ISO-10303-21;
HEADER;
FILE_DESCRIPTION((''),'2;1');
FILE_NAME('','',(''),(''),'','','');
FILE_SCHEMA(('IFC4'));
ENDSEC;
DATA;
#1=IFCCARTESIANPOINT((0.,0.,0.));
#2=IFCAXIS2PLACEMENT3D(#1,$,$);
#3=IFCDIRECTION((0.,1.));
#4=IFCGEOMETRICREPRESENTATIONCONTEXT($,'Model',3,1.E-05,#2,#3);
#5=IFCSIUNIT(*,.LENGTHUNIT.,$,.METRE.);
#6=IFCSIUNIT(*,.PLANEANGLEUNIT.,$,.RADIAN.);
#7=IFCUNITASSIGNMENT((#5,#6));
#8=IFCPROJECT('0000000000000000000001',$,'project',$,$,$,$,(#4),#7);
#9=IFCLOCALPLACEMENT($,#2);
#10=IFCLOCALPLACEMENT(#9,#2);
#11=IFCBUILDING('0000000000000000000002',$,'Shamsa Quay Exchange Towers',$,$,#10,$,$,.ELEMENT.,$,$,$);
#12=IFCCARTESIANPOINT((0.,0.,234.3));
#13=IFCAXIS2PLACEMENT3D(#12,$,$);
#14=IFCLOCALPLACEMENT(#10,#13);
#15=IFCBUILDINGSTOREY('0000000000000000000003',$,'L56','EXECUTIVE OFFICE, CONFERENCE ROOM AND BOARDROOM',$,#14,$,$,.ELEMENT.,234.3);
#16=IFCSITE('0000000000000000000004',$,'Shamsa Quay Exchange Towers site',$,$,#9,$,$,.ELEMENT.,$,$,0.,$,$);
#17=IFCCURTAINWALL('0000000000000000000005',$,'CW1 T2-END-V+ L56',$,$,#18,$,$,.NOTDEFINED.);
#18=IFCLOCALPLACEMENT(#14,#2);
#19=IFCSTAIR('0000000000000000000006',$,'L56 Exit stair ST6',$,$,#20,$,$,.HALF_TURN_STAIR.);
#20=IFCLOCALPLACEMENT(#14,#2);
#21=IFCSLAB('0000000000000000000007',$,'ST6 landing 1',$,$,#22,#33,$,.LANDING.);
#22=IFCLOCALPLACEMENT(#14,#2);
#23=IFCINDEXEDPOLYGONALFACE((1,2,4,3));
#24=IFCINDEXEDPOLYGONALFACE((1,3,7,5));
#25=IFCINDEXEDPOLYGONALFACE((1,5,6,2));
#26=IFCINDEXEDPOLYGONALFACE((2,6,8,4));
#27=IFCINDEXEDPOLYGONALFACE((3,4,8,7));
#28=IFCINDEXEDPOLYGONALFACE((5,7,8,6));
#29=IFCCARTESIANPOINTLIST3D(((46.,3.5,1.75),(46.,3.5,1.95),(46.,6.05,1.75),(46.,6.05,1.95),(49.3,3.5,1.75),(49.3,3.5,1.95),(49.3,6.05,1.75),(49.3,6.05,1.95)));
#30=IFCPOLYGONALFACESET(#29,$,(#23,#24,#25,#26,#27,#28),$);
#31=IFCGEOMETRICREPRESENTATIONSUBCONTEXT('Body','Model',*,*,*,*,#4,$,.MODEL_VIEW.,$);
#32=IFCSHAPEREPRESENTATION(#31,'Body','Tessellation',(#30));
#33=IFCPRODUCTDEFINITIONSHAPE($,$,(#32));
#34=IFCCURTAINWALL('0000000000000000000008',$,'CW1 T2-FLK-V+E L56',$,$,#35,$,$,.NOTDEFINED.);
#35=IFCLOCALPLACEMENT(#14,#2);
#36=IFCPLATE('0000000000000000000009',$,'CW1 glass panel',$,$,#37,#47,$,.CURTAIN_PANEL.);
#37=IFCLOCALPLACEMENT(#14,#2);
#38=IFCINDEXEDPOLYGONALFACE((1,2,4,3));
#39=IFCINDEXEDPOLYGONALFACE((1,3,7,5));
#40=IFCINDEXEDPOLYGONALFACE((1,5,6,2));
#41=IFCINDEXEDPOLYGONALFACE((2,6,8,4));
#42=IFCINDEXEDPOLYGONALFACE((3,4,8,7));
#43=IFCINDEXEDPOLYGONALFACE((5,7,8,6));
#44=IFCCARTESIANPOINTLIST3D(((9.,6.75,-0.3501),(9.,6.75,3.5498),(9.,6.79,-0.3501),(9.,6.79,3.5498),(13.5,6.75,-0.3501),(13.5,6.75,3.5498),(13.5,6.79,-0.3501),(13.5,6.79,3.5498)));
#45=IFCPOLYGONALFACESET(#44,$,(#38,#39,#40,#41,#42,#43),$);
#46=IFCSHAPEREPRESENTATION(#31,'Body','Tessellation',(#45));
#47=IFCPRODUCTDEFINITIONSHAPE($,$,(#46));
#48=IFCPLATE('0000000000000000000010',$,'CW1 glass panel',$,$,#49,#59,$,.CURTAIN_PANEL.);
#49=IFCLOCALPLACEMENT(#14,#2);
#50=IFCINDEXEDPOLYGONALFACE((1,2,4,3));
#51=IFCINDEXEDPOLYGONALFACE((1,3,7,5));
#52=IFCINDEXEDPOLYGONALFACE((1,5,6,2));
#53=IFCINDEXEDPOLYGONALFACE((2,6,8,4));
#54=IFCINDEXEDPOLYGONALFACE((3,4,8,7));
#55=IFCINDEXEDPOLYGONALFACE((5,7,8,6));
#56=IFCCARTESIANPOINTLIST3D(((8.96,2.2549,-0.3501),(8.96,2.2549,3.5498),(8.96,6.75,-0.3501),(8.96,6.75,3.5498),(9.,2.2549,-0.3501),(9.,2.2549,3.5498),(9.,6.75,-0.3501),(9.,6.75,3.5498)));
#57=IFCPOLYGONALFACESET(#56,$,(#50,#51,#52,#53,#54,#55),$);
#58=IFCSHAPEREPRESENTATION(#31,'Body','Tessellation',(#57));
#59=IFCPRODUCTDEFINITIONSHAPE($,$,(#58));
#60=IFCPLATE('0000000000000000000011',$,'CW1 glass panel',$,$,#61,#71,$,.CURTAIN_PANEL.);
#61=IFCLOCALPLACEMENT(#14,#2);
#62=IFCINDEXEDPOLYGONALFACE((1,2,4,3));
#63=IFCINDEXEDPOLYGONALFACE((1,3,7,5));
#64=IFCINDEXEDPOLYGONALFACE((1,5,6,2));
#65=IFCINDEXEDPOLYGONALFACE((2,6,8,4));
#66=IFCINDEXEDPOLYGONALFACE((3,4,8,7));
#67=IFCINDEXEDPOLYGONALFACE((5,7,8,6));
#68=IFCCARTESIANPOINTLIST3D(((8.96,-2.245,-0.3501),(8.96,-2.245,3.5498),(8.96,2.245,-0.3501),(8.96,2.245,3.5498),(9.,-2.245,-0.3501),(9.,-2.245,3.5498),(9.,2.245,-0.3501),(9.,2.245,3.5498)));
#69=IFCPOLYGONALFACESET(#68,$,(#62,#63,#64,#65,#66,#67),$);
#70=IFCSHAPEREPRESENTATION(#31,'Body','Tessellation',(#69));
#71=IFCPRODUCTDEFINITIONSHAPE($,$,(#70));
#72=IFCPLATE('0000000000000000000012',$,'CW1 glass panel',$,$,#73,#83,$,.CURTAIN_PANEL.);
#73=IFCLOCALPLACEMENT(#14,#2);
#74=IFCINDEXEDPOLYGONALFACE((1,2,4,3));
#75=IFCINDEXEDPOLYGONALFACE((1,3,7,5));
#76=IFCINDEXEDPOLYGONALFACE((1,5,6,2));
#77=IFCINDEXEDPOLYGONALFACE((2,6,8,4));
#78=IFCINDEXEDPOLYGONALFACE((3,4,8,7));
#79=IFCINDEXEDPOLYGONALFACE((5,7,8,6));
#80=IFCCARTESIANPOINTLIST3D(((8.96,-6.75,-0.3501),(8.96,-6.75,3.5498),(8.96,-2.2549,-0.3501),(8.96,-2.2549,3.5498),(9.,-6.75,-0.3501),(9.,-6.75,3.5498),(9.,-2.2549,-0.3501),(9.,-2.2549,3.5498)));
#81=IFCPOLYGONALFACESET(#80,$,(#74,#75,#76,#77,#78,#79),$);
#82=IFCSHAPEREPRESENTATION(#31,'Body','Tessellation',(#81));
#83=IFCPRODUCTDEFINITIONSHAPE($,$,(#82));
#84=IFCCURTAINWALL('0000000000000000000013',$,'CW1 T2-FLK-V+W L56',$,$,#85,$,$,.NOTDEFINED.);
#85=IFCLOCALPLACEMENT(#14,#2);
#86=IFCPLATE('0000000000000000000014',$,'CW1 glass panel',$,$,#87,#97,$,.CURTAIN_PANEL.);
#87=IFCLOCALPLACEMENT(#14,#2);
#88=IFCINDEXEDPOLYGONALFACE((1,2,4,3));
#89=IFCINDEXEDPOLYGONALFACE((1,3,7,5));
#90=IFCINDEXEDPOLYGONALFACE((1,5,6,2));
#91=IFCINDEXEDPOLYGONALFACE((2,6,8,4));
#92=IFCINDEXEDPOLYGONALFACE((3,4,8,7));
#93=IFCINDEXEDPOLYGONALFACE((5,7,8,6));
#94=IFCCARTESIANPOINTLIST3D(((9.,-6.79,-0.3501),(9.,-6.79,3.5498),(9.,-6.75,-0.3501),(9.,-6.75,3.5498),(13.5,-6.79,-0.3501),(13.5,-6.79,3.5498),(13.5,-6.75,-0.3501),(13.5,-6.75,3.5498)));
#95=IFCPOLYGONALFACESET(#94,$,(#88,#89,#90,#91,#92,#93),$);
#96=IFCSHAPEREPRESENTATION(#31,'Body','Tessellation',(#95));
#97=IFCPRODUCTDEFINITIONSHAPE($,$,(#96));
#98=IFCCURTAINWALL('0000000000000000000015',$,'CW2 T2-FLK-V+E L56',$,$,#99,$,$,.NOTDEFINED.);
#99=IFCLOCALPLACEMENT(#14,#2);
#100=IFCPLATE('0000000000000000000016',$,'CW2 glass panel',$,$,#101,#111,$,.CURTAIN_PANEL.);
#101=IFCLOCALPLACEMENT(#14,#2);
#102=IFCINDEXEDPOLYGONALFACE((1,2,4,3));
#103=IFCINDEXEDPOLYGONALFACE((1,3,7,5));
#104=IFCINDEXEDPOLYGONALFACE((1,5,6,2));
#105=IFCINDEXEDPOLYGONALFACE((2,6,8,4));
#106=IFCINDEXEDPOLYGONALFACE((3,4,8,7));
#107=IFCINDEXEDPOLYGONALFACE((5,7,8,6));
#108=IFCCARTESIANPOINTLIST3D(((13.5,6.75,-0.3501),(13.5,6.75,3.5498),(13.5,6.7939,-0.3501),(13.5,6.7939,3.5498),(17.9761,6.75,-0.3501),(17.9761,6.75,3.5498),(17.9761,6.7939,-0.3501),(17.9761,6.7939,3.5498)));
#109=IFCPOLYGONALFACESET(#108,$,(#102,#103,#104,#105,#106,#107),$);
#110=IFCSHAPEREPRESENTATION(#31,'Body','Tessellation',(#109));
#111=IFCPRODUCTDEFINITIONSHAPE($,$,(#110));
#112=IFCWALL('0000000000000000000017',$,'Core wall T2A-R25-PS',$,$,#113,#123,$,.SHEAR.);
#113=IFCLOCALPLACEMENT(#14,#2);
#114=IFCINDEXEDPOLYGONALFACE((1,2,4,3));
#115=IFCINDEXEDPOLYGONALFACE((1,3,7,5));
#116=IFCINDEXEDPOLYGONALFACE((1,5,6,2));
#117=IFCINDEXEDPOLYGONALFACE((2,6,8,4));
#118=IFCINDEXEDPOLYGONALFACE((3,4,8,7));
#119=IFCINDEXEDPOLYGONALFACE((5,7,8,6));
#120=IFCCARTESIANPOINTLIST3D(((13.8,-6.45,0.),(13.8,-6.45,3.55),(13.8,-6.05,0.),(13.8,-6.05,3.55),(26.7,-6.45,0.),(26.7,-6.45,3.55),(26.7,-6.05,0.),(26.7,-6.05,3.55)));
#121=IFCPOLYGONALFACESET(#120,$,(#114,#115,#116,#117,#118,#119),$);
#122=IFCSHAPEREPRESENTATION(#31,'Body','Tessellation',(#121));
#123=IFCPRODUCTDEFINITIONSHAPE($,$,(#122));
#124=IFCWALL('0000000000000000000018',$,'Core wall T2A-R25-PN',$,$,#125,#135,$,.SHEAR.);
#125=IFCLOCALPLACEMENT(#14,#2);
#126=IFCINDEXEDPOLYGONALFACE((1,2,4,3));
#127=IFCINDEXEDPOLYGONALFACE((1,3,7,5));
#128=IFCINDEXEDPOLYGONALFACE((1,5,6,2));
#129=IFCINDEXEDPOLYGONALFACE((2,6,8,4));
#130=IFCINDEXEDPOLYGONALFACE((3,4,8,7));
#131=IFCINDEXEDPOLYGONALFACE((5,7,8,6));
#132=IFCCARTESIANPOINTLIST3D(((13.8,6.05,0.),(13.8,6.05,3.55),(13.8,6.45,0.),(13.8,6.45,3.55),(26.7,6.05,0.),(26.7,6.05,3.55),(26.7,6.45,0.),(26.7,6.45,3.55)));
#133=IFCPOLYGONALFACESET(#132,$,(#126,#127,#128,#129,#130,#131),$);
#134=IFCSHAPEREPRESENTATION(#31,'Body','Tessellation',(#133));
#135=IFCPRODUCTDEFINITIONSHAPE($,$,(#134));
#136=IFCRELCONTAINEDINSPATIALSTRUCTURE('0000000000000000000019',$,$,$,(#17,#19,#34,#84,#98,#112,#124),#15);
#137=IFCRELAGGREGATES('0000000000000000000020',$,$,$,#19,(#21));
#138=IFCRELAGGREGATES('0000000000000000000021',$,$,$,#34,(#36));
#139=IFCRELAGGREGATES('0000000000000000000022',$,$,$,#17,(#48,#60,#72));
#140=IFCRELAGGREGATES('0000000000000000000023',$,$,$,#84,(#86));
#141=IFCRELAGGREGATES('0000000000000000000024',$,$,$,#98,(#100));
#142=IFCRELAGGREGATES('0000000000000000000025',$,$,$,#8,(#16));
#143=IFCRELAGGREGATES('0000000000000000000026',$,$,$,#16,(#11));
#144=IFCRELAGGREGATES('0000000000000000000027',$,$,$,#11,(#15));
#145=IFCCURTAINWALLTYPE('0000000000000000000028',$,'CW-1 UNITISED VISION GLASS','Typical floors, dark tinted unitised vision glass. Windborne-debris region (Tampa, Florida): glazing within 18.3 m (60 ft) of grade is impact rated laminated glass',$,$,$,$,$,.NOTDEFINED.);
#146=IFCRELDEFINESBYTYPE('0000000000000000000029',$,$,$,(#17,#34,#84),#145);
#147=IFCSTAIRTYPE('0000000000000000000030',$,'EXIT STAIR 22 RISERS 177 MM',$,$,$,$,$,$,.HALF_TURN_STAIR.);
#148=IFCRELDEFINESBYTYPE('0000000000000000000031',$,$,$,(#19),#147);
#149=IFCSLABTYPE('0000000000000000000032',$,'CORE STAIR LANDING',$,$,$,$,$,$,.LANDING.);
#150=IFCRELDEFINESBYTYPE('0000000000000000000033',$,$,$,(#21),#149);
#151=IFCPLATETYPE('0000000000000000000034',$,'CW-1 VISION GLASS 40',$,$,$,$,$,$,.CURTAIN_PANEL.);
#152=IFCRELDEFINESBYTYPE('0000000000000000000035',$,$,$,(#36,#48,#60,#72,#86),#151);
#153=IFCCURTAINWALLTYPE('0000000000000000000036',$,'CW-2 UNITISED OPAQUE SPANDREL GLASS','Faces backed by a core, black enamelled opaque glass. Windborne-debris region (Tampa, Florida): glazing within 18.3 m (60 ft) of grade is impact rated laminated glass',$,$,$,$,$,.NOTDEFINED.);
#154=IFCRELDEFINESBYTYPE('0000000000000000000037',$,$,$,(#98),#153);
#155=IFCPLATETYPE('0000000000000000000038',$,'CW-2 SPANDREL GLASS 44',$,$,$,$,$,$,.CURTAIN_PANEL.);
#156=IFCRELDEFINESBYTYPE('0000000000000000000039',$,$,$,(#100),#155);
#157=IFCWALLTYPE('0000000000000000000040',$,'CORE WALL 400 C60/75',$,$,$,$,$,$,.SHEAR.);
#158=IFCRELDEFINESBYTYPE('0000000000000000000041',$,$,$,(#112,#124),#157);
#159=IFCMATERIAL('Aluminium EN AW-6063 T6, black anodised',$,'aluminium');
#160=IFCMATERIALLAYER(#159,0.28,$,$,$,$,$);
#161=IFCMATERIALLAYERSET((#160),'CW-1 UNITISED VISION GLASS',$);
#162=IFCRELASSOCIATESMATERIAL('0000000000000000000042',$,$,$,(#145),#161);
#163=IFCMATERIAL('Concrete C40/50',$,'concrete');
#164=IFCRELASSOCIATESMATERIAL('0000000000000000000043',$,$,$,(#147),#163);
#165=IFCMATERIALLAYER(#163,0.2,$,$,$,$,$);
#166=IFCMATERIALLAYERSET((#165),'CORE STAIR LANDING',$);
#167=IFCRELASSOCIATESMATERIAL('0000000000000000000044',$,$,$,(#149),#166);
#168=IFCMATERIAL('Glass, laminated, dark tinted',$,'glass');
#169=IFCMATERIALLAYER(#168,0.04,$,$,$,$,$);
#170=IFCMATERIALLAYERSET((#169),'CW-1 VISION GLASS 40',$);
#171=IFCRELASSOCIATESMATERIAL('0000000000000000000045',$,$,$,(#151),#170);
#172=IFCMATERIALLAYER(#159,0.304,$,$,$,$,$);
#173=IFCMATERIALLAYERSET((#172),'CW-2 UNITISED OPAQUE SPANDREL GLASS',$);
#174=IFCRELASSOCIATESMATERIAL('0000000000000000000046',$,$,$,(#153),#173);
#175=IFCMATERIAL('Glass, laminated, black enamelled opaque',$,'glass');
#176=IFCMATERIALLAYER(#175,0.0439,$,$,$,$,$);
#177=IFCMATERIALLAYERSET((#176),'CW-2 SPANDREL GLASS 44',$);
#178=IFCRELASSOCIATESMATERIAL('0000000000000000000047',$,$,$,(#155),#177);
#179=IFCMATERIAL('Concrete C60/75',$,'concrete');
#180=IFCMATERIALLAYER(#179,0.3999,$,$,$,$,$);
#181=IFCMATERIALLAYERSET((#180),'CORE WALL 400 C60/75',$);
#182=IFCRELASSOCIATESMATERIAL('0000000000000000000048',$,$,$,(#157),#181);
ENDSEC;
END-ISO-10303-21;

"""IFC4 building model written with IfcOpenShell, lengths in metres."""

from ifc_helpers import new_model, si_unit, direction, frame, frame_2d, origin, origin_2d, place, context, subcontext, project, spatial, polyline, rectangle, outline, extrude, material, layer, layer_set, type_object, element, aggregate, save


model = new_model("IFC4")

# Units and contexts
model_context = context("Model", 3, precision=1e-05, world=origin(), true_north=direction((0.0, 1.0)))
body_context = subcontext(model_context, "Body", "Model", "MODEL_VIEW")
ifc_project = project(units=[si_unit("LENGTHUNIT", "METRE"), si_unit("PLANEANGLEUNIT", "RADIAN")], contexts=[model_context])

# Site, building, storey
site_placement = place(None, origin())
site = spatial("IfcSite", under=ifc_project, at=site_placement, Name="Shamsa Quay Exchange Towers site", CompositionType="ELEMENT", RefElevation=0.0)
building_placement = place(site_placement, origin())
building = spatial("IfcBuilding", under=site, at=building_placement, Name="Shamsa Quay Exchange Towers", CompositionType="ELEMENT")
storey_placement = place(building_placement, frame((0.0, 0.0, 234.3)))
storey = spatial("IfcBuildingStorey", under=building, at=storey_placement, Name="L56", Description="EXECUTIVE OFFICE, CONFERENCE ROOM AND BOARDROOM", CompositionType="ELEMENT", Elevation=234.3)

# Curtain wall
ifc_material_1 = material(Name="Aluminium EN AW-6063 T6, black anodised", Category="aluminium")
ifc_layer_1 = layer(ifc_material_1, 0.28)
ifc_layer_set_1 = layer_set([ifc_layer_1], Name="CW-1 UNITISED VISION GLASS")
curtain_wall_type_1 = type_object("IfcCurtainWallType", Name="CW-1 UNITISED VISION GLASS", Description="Typical floors, dark tinted unitised vision glass. Windborne-debris region (Tampa, Florida): glazing within 18.3 m (60 ft) of grade is impact rated laminated glass", PredefinedType="NOTDEFINED", material=ifc_layer_set_1)
curtain_wall_1_placement = place(storey_placement, origin())
curtain_wall_1 = element("IfcCurtainWall", 1, at=curtain_wall_1_placement, inside=storey, type_object=curtain_wall_type_1, Name="CW1 T2-END-V+ L56", PredefinedType="NOTDEFINED")

# Stair, slab
ifc_material_2 = material(Name="Concrete C40/50", Category="concrete")
stair_type = type_object("IfcStairType", Name="EXIT STAIR 22 RISERS 177 MM", PredefinedType="HALF_TURN_STAIR", material=ifc_material_2)
ifc_layer_2 = layer(ifc_material_2, 0.2)
ifc_layer_set_2 = layer_set([ifc_layer_2], Name="CORE STAIR LANDING")
slab_type_1 = type_object("IfcSlabType", Name="CORE STAIR LANDING", PredefinedType="LANDING", material=ifc_layer_set_2)
stair_1_placement = place(storey_placement, origin())
stair_1 = element("IfcStair", 2, at=stair_1_placement, inside=storey, type_object=stair_type, Name="L56 Exit stair ST6", PredefinedType="HALF_TURN_STAIR")
slab_1_placement = place(storey_placement, frame((0.0, 0.0, 1.75)))
slab_1 = element("IfcSlab", 3, at=slab_1_placement, type_object=slab_type_1, Name="ST6 landing 1", PredefinedType="LANDING", context=body_context, shape_type="SweptSolid", body=[
    extrude(outline(polyline([(49.3, 6.05), (46.0, 6.05), (46.0, 3.5), (49.3, 3.5), (49.3, 6.05)])), origin(), (0.0, 0.0, 1.0), 0.2),
])
aggregate(stair_1, [slab_1])

# Curtain wall, plate
curtain_wall_2_placement = place(storey_placement, origin())
curtain_wall_2 = element("IfcCurtainWall", 4, at=curtain_wall_2_placement, inside=storey, type_object=curtain_wall_type_1, Name="CW1 T2-FLK-V+E L56", PredefinedType="NOTDEFINED")
ifc_material_3 = material(Name="Glass, laminated, dark tinted", Category="glass")
ifc_layer_3 = layer(ifc_material_3, 0.04)
ifc_layer_set_3 = layer_set([ifc_layer_3], Name="CW-1 VISION GLASS 40")
plate_type_1 = type_object("IfcPlateType", Name="CW-1 VISION GLASS 40", PredefinedType="CURTAIN_PANEL", material=ifc_layer_set_3)
plate_1_placement = place(storey_placement, frame((11.25, 6.77, -0.3501), z_axis=(0.0, 0.0, 1.0), x_axis=(-1.0, 0.0, 0.0)))
plate_1 = element("IfcPlate", 5, at=plate_1_placement, type_object=plate_type_1, Name="CW1 glass panel", PredefinedType="CURTAIN_PANEL", context=body_context, shape_type="SweptSolid", body=[
    extrude(rectangle(XDim=4.5, YDim=0.04, at=origin_2d()), origin(), (0.0, 0.0, 1.0), 3.8999),
])
aggregate(curtain_wall_2, [plate_1])

# Plates
plate_2_placement = place(storey_placement, frame((8.98, 4.5024, -0.3501), z_axis=(0.0, 0.0, 1.0), x_axis=(0.0, -1.0, 0.0)))
plate_2 = element("IfcPlate", 6, at=plate_2_placement, type_object=plate_type_1, Name="CW1 glass panel", PredefinedType="CURTAIN_PANEL", context=body_context, shape_type="SweptSolid", body=[
    extrude(rectangle(XDim=4.4951, YDim=0.04, at=origin_2d()), origin(), (0.0, 0.0, 1.0), 3.8999),
])
plate_3_placement = place(storey_placement, frame((8.98, 0.0, -0.3501), z_axis=(0.0, 0.0, 1.0), x_axis=(0.0, -1.0, 0.0)))
plate_3 = element("IfcPlate", 7, at=plate_3_placement, type_object=plate_type_1, Name="CW1 glass panel", PredefinedType="CURTAIN_PANEL", context=body_context, shape_type="SweptSolid", body=[
    extrude(rectangle(XDim=4.49, YDim=0.04, at=origin_2d()), origin(), (0.0, 0.0, 1.0), 3.8999),
])
plate_4_placement = place(storey_placement, frame((8.98, -4.5024, -0.3501), z_axis=(0.0, 0.0, 1.0), x_axis=(0.0, -1.0, 0.0)))
plate_4 = element("IfcPlate", 8, at=plate_4_placement, type_object=plate_type_1, Name="CW1 glass panel", PredefinedType="CURTAIN_PANEL", context=body_context, shape_type="SweptSolid", body=[
    extrude(rectangle(XDim=4.4951, YDim=0.04, at=origin_2d()), origin(), (0.0, 0.0, 1.0), 3.8999),
])
aggregate(curtain_wall_1, [plate_2, plate_3, plate_4])

# Curtain walls, plates
curtain_wall_3_placement = place(storey_placement, origin())
curtain_wall_3 = element("IfcCurtainWall", 9, at=curtain_wall_3_placement, inside=storey, type_object=curtain_wall_type_1, Name="CW1 T2-FLK-V+W L56", PredefinedType="NOTDEFINED")
plate_5_placement = place(storey_placement, frame((11.25, -6.77, -0.3501)))
plate_5 = element("IfcPlate", 10, at=plate_5_placement, type_object=plate_type_1, Name="CW1 glass panel", PredefinedType="CURTAIN_PANEL", context=body_context, shape_type="SweptSolid", body=[
    extrude(rectangle(XDim=4.5, YDim=0.04, at=origin_2d()), origin(), (0.0, 0.0, 1.0), 3.8999),
])
aggregate(curtain_wall_3, [plate_5])
ifc_layer_4 = layer(ifc_material_1, 0.304)
ifc_layer_set_4 = layer_set([ifc_layer_4], Name="CW-2 UNITISED OPAQUE SPANDREL GLASS")
curtain_wall_type_2 = type_object("IfcCurtainWallType", Name="CW-2 UNITISED OPAQUE SPANDREL GLASS", Description="Faces backed by a core, black enamelled opaque glass. Windborne-debris region (Tampa, Florida): glazing within 18.3 m (60 ft) of grade is impact rated laminated glass", PredefinedType="NOTDEFINED", material=ifc_layer_set_4)
curtain_wall_4_placement = place(storey_placement, origin())
curtain_wall_4 = element("IfcCurtainWall", 11, at=curtain_wall_4_placement, inside=storey, type_object=curtain_wall_type_2, Name="CW2 T2-FLK-V+E L56", PredefinedType="NOTDEFINED")
ifc_material_4 = material(Name="Glass, laminated, black enamelled opaque", Category="glass")
ifc_layer_5 = layer(ifc_material_4, 0.0439)
ifc_layer_set_5 = layer_set([ifc_layer_5], Name="CW-2 SPANDREL GLASS 44")
plate_type_2 = type_object("IfcPlateType", Name="CW-2 SPANDREL GLASS 44", PredefinedType="CURTAIN_PANEL", material=ifc_layer_set_5)
plate_6_placement = place(storey_placement, frame((15.738, 6.772, -0.3501), z_axis=(0.0, 0.0, 1.0), x_axis=(-1.0, 0.0, 0.0)))
plate_6 = element("IfcPlate", 12, at=plate_6_placement, type_object=plate_type_2, Name="CW2 glass panel", PredefinedType="CURTAIN_PANEL", context=body_context, shape_type="SweptSolid", body=[
    extrude(rectangle(XDim=4.4761, YDim=0.0439, at=origin_2d()), origin(), (0.0, 0.0, 1.0), 3.8999),
])
aggregate(curtain_wall_4, [plate_6])

# Walls
ifc_material_5 = material(Name="Concrete C60/75", Category="concrete")
ifc_layer_6 = layer(ifc_material_5, 0.3999)
ifc_layer_set_6 = layer_set([ifc_layer_6], Name="CORE WALL 400 C60/75")
wall_type_1 = type_object("IfcWallType", Name="CORE WALL 400 C60/75", PredefinedType="SHEAR", material=ifc_layer_set_6)
for number, where, name in (
    (13, (13.8, -6.25, 0.0), "Core wall T2A-R25-PS"),
    (14, (13.8, 6.25, 0.0), "Core wall T2A-R25-PN"),
):
    element("IfcWall", number, at=place(storey_placement, frame(where)), inside=storey, type_object=wall_type_1, Name=name, PredefinedType="SHEAR", context=body_context, shape_type="SweptSolid", body=[
        extrude(rectangle(XDim=12.8999, YDim=0.3999, at=frame_2d((6.45, 0.0))), origin(), (0.0, 0.0, 1.0), 3.55),
    ])

save(model, "model.ifc")
